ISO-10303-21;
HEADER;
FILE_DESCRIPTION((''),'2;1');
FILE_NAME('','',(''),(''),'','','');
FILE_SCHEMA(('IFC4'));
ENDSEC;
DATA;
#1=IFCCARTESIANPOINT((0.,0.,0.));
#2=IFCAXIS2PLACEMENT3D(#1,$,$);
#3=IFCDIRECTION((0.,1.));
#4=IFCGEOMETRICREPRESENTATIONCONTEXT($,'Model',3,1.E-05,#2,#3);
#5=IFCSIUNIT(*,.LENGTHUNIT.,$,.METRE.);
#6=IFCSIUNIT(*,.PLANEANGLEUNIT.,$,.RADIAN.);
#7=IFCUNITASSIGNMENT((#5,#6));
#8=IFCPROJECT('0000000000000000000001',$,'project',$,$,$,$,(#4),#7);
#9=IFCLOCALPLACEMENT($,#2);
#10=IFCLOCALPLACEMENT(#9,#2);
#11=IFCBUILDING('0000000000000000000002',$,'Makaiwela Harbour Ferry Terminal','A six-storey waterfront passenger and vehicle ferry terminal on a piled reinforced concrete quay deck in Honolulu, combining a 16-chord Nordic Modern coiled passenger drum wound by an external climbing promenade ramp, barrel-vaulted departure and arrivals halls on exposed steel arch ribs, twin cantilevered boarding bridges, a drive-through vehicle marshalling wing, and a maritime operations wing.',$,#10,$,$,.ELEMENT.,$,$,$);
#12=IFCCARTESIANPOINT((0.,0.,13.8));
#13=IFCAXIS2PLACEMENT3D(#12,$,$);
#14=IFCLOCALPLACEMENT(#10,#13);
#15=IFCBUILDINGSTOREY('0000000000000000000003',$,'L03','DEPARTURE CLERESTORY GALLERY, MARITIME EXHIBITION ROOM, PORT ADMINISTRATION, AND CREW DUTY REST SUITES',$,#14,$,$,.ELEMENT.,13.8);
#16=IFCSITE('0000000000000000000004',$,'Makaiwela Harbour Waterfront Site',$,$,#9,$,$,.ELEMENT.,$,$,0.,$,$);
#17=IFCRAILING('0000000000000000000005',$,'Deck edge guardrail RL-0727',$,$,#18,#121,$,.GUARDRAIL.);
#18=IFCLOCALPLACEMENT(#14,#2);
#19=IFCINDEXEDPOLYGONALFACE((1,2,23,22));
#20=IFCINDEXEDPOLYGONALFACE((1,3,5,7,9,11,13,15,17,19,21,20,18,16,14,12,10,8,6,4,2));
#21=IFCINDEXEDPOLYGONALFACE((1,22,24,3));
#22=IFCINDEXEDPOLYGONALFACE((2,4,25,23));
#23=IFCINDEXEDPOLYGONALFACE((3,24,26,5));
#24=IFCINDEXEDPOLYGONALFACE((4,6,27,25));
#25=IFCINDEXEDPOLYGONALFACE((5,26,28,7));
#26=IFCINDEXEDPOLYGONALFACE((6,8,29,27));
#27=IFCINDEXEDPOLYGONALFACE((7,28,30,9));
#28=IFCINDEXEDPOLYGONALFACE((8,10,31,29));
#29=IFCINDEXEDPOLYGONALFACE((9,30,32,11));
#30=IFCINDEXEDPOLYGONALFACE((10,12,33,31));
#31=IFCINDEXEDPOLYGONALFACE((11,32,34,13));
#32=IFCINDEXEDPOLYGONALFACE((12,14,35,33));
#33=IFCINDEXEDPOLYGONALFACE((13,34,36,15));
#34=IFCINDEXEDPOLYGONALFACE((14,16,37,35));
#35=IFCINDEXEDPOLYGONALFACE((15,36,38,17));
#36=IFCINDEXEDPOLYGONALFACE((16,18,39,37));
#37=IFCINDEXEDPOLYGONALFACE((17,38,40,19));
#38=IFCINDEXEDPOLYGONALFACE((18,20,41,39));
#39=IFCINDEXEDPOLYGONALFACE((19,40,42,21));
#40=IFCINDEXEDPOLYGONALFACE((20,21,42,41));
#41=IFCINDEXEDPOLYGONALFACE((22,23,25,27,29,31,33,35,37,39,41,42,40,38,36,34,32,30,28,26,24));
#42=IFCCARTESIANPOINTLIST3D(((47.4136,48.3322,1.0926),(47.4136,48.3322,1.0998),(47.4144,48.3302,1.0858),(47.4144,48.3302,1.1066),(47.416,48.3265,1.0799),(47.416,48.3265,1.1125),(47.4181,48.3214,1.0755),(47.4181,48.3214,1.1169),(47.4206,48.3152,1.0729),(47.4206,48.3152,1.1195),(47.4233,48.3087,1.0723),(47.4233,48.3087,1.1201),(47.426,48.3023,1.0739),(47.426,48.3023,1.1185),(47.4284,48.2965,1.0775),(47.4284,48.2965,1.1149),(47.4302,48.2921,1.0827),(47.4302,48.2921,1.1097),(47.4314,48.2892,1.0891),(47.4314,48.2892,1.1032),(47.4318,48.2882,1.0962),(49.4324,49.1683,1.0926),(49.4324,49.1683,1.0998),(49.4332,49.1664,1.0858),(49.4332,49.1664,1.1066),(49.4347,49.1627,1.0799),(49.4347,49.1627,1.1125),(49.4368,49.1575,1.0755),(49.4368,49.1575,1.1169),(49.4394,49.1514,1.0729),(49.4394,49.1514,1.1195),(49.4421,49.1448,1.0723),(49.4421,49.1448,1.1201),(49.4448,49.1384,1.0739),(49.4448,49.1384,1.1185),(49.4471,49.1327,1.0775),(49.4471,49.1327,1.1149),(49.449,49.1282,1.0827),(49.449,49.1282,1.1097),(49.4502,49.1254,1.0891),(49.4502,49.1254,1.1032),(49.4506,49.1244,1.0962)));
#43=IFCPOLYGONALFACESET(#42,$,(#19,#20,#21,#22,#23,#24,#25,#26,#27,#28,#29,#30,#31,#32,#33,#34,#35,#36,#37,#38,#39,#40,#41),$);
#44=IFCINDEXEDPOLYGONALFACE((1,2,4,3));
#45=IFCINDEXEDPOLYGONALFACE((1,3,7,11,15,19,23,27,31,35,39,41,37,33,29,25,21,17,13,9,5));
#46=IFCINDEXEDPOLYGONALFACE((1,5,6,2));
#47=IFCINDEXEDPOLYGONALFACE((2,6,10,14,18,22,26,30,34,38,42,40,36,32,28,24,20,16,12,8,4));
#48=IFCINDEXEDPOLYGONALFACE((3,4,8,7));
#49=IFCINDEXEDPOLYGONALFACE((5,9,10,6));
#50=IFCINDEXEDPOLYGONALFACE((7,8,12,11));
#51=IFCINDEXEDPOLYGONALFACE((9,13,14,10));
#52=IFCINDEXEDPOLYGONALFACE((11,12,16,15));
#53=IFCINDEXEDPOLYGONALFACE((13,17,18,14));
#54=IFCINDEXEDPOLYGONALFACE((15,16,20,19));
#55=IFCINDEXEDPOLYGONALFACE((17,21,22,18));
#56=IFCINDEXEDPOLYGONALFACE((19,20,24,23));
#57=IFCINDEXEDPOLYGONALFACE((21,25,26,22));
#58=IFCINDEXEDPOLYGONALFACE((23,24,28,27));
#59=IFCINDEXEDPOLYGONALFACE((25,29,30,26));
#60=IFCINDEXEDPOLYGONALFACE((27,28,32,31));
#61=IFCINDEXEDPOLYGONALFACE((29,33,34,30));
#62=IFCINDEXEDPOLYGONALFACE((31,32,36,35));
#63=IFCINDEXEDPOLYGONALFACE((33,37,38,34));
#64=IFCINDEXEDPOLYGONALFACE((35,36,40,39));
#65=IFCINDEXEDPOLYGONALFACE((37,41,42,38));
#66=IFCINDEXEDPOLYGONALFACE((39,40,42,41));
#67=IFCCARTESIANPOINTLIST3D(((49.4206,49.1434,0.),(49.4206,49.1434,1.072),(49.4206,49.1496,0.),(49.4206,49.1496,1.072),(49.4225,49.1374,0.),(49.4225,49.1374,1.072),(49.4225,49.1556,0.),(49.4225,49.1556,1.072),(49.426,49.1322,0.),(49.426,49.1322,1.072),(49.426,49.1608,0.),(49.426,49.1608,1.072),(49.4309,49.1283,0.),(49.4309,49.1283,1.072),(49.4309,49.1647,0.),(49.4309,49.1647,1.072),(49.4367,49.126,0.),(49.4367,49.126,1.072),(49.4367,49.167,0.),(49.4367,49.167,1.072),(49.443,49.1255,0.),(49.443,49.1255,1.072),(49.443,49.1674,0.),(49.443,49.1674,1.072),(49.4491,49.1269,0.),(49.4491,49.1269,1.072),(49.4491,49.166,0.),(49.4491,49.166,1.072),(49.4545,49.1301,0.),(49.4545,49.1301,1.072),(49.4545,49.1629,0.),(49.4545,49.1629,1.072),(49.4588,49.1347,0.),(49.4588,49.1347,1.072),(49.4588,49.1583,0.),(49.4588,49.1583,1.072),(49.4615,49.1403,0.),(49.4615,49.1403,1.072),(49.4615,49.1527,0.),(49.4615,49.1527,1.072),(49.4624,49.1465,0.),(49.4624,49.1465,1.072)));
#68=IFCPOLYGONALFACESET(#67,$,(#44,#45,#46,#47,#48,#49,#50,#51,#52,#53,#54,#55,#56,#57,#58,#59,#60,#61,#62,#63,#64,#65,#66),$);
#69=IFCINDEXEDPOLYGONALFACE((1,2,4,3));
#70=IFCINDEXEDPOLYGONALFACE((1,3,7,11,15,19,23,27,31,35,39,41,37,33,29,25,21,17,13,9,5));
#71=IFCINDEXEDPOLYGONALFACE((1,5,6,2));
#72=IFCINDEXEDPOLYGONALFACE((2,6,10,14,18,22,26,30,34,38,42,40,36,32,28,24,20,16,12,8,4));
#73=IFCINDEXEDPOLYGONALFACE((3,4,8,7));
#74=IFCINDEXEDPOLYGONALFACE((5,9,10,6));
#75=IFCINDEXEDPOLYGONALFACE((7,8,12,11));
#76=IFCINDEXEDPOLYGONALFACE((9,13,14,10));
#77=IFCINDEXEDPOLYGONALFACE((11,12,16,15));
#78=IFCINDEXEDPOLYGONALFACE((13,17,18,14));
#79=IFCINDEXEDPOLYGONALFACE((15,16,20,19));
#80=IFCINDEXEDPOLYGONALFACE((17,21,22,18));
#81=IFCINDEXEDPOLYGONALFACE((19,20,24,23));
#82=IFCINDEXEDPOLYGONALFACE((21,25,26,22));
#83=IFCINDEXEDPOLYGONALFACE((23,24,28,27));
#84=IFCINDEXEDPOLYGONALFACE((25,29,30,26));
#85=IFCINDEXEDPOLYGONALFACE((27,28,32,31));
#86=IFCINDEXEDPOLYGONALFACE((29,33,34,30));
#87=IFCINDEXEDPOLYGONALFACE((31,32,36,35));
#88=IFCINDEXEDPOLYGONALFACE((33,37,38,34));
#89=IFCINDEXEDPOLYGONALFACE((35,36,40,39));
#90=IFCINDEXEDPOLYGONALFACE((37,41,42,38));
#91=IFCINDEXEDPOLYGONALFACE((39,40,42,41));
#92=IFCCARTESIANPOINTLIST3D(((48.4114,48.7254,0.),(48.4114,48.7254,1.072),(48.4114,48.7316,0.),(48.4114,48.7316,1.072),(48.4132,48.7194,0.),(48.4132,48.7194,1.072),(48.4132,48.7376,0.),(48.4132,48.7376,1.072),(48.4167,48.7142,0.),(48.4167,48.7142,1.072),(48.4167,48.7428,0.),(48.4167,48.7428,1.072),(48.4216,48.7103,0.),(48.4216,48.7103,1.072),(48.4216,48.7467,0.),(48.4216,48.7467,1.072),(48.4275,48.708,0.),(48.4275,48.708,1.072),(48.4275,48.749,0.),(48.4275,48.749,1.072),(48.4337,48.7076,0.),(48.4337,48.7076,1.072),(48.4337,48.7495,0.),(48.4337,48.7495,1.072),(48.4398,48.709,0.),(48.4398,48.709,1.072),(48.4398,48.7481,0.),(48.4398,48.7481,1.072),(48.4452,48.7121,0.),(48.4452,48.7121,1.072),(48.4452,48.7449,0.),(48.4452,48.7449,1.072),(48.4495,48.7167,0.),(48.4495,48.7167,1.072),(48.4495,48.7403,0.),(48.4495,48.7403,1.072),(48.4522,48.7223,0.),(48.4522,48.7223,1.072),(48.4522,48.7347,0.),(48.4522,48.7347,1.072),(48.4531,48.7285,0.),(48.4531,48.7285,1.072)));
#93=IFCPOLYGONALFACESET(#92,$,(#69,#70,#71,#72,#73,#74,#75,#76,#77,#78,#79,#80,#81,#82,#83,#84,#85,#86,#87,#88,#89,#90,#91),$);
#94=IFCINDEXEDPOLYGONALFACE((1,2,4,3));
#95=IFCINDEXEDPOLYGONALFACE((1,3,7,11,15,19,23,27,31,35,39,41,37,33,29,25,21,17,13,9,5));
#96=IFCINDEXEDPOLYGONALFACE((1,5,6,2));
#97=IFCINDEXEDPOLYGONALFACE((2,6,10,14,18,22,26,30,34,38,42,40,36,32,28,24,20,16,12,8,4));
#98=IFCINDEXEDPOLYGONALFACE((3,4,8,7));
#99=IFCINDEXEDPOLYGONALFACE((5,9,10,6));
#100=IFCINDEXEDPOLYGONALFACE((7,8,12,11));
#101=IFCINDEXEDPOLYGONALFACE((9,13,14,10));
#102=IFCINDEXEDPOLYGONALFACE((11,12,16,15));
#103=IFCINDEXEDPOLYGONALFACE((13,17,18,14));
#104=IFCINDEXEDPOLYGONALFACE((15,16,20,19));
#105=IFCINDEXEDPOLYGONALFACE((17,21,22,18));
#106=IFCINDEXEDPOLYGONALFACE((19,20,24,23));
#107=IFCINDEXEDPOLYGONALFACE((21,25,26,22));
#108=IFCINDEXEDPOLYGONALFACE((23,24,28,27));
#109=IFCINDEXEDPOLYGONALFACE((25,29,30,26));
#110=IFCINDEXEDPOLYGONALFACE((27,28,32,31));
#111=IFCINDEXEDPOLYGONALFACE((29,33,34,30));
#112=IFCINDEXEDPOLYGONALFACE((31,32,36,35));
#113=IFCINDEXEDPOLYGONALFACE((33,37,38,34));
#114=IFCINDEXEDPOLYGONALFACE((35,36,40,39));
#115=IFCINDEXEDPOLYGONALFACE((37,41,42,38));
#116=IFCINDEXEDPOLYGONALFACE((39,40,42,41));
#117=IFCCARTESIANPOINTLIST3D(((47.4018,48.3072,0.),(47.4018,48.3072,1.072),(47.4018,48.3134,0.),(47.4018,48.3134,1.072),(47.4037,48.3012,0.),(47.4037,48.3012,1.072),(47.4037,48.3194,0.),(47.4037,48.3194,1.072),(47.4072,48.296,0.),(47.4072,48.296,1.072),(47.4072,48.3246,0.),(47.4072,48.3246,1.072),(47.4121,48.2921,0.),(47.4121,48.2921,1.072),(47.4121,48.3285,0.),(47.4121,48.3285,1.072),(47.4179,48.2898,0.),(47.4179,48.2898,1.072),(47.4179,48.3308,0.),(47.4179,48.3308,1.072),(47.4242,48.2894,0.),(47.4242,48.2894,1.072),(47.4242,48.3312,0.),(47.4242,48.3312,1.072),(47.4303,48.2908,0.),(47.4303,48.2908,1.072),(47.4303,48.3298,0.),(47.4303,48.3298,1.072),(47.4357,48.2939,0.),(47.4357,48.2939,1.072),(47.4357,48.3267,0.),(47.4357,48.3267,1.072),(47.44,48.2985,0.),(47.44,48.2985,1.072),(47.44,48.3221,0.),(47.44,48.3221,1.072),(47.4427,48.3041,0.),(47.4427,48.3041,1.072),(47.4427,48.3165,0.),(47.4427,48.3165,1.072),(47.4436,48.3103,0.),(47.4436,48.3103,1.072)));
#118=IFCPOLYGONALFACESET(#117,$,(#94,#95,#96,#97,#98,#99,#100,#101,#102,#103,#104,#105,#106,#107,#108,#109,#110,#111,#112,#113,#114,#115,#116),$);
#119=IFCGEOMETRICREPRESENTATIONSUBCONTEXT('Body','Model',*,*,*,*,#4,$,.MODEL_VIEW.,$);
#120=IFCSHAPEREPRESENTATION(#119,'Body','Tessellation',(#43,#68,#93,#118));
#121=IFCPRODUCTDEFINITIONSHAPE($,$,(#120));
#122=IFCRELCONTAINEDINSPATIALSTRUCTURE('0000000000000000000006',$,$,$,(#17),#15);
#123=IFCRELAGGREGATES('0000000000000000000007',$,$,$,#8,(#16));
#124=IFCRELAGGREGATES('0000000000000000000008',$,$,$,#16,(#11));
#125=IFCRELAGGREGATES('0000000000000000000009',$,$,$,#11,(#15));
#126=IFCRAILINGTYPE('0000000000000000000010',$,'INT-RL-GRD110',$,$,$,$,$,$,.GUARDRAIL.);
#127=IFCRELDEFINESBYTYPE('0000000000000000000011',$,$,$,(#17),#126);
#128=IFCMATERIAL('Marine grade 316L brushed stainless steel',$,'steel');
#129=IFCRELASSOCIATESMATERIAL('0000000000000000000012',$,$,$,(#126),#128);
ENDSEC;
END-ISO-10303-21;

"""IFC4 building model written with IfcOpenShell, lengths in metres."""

from ifc_helpers import new_model, si_unit, direction, frame, origin, origin_2d, place, context, subcontext, project, spatial, circle, extrude, material, type_object, element, save


model = new_model("IFC4")

# Units and contexts
model_context = context("Model", 3, precision=1e-05, world=origin(), true_north=direction((0.0, 1.0)))
body_context = subcontext(model_context, "Body", "Model", "MODEL_VIEW")
ifc_project = project(units=[si_unit("LENGTHUNIT", "METRE"), si_unit("PLANEANGLEUNIT", "RADIAN")], contexts=[model_context])

# Site, building, storey
site_placement = place(None, origin())
site = spatial("IfcSite", under=ifc_project, at=site_placement, Name="Makaiwela Harbour Waterfront Site", CompositionType="ELEMENT", RefElevation=0.0)
building_placement = place(site_placement, origin())
building = spatial("IfcBuilding", under=site, at=building_placement, Name="Makaiwela Harbour Ferry Terminal", Description="A six-storey waterfront passenger and vehicle ferry terminal on a piled reinforced concrete quay deck in Honolulu, combining a 16-chord Nordic Modern coiled passenger drum wound by an external climbing promenade ramp, barrel-vaulted departure and arrivals halls on exposed steel arch ribs, twin cantilevered boarding bridges, a drive-through vehicle marshalling wing, and a maritime operations wing.", CompositionType="ELEMENT")
storey_placement = place(building_placement, frame((0.0, 0.0, 13.8)))
storey = spatial("IfcBuildingStorey", under=building, at=storey_placement, Name="L03", Description="DEPARTURE CLERESTORY GALLERY, MARITIME EXHIBITION ROOM, PORT ADMINISTRATION, AND CREW DUTY REST SUITES", CompositionType="ELEMENT", Elevation=13.8)

# Railing
ifc_material_1 = material(Name="Marine grade 316L brushed stainless steel", Category="steel")
railing_type = type_object("IfcRailingType", Name="INT-RL-GRD110", PredefinedType="GUARDRAIL", material=ifc_material_1)
railing_1_placement = place(storey_placement, frame((49.4414, 49.1465, 0.0)))
element("IfcRailing", 1, at=railing_1_placement, inside=storey, type_object=railing_type, Name="Deck edge guardrail RL-0727", PredefinedType="GUARDRAIL", context=body_context, shape_type="SweptSolid", body=[
    extrude(circle(Radius=0.0239, at=origin_2d()), frame((0.0, 0.0, 1.0962), z_axis=(-0.923885, -0.382671, 0.0), x_axis=(0.382671, -0.923885, 0.0)), (0.0, 0.0, 1.0), 2.1851),
    extrude(circle(Radius=0.021, at=origin_2d()), origin(), (0.0, 0.0, 1.0), 1.072),
    extrude(circle(Radius=0.021, at=origin_2d()), frame((-1.0093, -0.418, 0.0)), (0.0, 0.0, 1.0), 1.072),
    extrude(circle(Radius=0.021, at=origin_2d()), frame((-2.0188, -0.8362, 0.0)), (0.0, 0.0, 1.0), 1.072),
])

save(model, "model.ifc")
